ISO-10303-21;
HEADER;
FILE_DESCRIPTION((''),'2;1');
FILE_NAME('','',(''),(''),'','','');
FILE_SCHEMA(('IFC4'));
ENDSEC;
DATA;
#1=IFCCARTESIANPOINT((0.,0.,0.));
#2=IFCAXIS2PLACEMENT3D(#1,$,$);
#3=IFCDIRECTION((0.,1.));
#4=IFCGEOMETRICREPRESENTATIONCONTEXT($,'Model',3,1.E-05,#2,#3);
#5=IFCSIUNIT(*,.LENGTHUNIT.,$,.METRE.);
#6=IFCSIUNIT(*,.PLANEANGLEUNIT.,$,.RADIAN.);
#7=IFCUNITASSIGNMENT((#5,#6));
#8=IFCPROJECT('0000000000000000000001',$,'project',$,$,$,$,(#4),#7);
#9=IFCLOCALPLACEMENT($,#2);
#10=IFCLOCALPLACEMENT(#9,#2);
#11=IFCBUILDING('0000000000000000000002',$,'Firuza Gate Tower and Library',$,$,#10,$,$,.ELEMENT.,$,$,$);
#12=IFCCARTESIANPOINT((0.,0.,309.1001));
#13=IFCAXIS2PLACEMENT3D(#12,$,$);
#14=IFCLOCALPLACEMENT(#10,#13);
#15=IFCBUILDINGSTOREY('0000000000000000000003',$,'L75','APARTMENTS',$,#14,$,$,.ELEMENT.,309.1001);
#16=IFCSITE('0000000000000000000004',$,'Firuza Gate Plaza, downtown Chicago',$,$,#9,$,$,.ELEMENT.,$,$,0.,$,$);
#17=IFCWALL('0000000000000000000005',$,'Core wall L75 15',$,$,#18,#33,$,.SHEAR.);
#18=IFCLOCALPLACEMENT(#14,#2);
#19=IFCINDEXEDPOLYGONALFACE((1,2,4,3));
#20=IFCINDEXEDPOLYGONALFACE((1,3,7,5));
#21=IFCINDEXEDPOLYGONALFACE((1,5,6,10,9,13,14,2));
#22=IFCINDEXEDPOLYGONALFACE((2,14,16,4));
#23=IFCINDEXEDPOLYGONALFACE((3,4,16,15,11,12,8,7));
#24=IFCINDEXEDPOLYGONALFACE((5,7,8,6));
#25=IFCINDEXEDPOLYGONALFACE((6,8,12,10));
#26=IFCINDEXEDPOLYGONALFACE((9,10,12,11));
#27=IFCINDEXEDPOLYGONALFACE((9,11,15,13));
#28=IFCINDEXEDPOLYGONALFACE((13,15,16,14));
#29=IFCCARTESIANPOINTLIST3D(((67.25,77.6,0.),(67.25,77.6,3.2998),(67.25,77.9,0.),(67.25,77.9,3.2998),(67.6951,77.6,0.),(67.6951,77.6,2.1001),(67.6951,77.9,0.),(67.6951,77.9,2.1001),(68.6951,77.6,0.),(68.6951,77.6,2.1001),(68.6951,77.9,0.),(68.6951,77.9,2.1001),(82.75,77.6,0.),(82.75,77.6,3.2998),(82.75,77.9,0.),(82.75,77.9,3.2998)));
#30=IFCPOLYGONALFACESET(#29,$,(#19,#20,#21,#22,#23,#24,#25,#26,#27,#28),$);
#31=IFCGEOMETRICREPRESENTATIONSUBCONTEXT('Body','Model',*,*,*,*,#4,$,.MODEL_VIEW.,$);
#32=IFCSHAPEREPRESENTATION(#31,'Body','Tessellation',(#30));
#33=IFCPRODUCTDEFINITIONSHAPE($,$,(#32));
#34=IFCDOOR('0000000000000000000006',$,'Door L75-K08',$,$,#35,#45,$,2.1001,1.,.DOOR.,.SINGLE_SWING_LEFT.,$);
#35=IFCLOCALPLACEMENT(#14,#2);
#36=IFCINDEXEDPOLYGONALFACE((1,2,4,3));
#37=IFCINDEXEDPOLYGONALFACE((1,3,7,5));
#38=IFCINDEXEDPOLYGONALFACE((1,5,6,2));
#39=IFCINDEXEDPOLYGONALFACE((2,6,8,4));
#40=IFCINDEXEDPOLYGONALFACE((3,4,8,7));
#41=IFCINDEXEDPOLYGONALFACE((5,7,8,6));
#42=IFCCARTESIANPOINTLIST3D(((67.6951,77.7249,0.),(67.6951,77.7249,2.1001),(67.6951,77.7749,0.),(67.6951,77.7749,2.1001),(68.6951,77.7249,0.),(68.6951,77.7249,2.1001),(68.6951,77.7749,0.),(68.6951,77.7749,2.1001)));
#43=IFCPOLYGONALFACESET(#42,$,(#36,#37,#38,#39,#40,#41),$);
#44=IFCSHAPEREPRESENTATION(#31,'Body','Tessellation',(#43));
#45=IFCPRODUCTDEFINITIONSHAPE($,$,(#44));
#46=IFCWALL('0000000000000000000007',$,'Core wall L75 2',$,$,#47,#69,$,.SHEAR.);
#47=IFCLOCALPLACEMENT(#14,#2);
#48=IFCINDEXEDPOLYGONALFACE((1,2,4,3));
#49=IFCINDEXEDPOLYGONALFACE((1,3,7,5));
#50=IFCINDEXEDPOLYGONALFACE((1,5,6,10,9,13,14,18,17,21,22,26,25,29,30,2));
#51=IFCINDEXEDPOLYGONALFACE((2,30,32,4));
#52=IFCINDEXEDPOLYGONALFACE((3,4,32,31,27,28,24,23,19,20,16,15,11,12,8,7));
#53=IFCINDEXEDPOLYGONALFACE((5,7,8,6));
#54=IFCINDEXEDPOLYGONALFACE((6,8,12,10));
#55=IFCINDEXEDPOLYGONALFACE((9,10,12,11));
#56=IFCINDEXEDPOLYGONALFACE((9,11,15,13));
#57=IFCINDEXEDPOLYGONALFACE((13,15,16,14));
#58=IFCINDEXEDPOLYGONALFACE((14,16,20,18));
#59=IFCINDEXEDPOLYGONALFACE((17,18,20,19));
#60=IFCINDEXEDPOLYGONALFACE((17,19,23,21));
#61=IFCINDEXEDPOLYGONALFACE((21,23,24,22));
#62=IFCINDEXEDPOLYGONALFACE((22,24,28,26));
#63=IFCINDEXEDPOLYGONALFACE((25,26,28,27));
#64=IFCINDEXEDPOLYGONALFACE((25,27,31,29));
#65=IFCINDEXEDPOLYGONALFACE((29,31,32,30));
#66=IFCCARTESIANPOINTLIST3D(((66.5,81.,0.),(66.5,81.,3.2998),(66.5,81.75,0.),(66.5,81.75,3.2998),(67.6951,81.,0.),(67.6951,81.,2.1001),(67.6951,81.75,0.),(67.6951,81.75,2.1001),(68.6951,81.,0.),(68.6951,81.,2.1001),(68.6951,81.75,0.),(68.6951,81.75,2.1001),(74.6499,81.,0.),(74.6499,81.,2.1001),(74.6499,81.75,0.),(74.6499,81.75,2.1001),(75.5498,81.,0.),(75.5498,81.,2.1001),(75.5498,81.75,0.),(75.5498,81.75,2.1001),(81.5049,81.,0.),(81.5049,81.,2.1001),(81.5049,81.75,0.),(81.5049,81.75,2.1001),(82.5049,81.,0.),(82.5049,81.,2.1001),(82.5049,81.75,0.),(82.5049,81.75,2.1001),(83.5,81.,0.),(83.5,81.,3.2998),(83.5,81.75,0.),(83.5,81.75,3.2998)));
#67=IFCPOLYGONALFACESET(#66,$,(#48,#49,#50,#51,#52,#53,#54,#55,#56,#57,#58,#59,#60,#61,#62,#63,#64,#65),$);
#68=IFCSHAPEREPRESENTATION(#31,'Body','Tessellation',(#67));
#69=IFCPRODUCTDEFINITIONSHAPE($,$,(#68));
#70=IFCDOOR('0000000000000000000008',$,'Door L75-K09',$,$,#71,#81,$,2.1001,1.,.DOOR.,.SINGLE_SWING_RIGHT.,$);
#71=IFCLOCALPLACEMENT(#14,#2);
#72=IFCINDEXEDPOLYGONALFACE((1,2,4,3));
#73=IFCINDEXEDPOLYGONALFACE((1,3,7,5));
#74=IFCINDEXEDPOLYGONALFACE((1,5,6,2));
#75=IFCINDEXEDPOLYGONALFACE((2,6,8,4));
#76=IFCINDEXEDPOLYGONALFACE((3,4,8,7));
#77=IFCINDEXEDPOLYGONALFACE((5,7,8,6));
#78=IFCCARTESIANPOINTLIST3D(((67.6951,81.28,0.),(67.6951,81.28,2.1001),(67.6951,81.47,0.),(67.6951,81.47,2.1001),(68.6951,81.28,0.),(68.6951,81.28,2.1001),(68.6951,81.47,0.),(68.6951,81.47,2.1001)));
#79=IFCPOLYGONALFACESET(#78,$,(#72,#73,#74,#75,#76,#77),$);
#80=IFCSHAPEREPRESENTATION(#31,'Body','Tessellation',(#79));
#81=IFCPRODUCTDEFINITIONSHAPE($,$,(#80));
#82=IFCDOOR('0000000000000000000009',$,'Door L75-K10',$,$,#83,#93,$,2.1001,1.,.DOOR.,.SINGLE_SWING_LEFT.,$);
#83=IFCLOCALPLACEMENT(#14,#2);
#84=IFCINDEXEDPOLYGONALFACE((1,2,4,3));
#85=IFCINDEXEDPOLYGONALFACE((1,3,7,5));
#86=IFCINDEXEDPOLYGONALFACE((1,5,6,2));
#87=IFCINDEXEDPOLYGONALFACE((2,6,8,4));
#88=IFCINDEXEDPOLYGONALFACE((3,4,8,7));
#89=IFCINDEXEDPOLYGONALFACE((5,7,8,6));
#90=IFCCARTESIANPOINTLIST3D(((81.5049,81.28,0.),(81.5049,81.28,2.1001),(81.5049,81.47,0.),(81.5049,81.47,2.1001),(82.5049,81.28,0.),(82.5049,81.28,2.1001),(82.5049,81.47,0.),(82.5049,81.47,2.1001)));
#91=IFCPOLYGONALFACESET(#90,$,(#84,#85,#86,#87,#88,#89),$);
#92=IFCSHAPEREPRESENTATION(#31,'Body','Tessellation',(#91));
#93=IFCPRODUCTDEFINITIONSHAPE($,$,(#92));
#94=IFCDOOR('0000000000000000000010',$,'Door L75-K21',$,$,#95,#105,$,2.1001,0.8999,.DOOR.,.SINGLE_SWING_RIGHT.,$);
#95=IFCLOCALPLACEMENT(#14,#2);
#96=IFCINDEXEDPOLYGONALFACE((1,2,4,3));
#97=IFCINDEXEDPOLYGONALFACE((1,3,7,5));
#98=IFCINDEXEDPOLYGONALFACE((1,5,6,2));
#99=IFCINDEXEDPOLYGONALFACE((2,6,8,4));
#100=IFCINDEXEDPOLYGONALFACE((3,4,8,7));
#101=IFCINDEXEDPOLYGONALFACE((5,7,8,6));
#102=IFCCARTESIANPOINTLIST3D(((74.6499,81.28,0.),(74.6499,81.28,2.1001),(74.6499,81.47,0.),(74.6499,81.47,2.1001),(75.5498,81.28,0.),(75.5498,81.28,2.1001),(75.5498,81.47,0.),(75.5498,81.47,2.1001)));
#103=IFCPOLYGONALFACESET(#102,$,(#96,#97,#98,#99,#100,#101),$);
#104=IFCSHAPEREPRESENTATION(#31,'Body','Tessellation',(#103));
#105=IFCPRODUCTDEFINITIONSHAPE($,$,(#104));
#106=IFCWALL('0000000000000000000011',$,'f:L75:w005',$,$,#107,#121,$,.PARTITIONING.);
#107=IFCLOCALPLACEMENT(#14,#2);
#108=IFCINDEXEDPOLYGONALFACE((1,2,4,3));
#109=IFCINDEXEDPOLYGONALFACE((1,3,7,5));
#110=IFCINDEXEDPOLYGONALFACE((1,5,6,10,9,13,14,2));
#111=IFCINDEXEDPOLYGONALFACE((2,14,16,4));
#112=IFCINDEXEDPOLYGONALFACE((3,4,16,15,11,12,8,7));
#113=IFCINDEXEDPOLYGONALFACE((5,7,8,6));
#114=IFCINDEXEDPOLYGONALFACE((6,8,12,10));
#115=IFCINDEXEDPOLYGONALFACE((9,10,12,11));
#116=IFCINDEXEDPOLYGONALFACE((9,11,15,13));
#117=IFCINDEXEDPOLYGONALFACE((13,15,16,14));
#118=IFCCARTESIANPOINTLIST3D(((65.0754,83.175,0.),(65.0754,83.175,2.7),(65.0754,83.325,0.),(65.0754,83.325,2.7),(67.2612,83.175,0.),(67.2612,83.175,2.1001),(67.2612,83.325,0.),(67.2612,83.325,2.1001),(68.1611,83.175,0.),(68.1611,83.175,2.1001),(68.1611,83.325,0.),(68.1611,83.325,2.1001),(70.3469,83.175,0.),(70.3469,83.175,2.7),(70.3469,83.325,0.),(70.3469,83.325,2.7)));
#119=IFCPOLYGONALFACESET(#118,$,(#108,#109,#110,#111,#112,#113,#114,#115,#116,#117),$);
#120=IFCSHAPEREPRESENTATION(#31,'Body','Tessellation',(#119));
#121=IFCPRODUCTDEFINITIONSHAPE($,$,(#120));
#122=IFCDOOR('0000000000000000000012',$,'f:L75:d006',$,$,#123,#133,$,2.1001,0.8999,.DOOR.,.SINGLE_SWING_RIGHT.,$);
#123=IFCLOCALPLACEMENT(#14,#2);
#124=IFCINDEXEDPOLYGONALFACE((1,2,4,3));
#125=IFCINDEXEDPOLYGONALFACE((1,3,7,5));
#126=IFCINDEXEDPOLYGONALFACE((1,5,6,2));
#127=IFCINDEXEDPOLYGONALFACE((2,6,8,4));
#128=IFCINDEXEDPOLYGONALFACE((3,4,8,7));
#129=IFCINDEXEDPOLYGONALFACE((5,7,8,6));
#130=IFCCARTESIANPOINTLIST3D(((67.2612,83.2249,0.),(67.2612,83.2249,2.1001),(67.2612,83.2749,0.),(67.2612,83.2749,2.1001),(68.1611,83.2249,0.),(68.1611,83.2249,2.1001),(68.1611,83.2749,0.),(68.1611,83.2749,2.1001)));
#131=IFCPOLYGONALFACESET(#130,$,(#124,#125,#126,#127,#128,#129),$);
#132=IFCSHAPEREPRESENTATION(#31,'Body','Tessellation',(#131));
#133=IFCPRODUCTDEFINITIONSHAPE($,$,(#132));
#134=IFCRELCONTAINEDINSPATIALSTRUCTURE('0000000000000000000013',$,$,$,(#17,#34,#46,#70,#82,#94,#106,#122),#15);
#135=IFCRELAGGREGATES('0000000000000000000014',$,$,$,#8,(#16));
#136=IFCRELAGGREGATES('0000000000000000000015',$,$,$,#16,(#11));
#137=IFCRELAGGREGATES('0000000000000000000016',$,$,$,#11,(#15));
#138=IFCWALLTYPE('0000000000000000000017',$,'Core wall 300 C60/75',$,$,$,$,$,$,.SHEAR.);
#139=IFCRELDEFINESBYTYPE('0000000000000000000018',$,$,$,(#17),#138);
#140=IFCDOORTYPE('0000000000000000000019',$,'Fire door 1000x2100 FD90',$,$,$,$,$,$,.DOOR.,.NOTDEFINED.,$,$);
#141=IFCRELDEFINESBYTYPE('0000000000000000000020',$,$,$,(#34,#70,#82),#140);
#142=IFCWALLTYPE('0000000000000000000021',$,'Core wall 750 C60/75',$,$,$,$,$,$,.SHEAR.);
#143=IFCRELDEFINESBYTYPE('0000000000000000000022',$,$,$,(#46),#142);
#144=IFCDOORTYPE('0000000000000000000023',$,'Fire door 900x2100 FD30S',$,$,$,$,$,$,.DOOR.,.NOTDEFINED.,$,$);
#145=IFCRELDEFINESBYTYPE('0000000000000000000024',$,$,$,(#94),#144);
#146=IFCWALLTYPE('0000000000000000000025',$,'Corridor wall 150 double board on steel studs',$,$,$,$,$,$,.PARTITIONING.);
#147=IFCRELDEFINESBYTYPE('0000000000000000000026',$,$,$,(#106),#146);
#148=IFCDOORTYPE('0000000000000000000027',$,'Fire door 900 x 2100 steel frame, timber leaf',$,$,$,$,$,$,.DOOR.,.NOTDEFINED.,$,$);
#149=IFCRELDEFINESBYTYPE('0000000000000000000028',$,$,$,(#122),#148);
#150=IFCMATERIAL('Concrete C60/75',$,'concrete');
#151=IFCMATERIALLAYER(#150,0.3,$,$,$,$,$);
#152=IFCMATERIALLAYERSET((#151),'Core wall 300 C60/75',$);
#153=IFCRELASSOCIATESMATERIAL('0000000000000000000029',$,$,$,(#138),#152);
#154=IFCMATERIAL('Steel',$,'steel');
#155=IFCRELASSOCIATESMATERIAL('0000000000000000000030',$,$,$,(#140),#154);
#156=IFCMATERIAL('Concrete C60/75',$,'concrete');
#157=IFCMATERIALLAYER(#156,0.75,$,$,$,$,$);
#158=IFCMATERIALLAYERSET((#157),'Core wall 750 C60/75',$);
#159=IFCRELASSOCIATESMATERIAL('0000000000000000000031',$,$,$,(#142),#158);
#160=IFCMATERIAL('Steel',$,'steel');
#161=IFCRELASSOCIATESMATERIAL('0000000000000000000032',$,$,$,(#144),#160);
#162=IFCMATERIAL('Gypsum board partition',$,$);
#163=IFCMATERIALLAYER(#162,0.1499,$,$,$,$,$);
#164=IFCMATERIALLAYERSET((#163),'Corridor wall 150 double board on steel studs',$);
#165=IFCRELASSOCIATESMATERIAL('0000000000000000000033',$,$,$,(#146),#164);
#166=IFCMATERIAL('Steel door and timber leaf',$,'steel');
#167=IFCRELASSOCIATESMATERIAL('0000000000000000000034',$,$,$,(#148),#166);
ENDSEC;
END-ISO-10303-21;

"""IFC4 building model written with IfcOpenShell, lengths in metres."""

from ifc_helpers import new_model, si_unit, direction, frame, frame_2d, origin, place, context, subcontext, project, spatial, rectangle, extrude, material, layer, layer_set, type_object, element, fill, save


model = new_model("IFC4")

# Units and contexts
model_context = context("Model", 3, precision=1e-05, world=origin(), true_north=direction((0.0, 1.0)))
body_context = subcontext(model_context, "Body", "Model", "MODEL_VIEW")
ifc_project = project(units=[si_unit("LENGTHUNIT", "METRE"), si_unit("PLANEANGLEUNIT", "RADIAN")], contexts=[model_context])

# Site, building, storey
site_placement = place(None, origin())
site = spatial("IfcSite", under=ifc_project, at=site_placement, Name="Firuza Gate Plaza, downtown Chicago", CompositionType="ELEMENT", RefElevation=0.0)
building_placement = place(site_placement, origin())
building = spatial("IfcBuilding", under=site, at=building_placement, Name="Firuza Gate Tower and Library", CompositionType="ELEMENT")
storey_placement = place(building_placement, frame((0.0, 0.0, 309.1001)))
storey = spatial("IfcBuildingStorey", under=building, at=storey_placement, Name="L75", Description="APARTMENTS", CompositionType="ELEMENT", Elevation=309.1001)

# Wall, opening, door
ifc_material_1 = material(Name="Concrete C60/75", Category="concrete")
ifc_layer_1 = layer(ifc_material_1, 0.3)
ifc_layer_set_1 = layer_set([ifc_layer_1], Name="Core wall 300 C60/75")
wall_type_1 = type_object("IfcWallType", Name="Core wall 300 C60/75", PredefinedType="SHEAR", material=ifc_layer_set_1)
wall_1_placement = place(storey_placement, frame((67.25, 77.75, 0.0), z_axis=(0.0, 0.0, 1.0), x_axis=(1.0, 0.0, 0.0)))
wall_1 = element("IfcWall", 1, at=wall_1_placement, inside=storey, type_object=wall_type_1, Name="Core wall L75 15", PredefinedType="SHEAR", context=body_context, shape_type="SweptSolid", body=[
    extrude(rectangle(XDim=15.5, YDim=0.3, at=frame_2d((7.75, 0.0))), origin(), (0.0, 0.0, 1.0), 3.2998),
])
opening_1_placement = place(wall_1_placement, frame((0.4451, 0.0, 0.0)))
opening_1 = element("IfcOpeningElement", 2, at=opening_1_placement, cuts=wall_1, PredefinedType="OPENING", context=body_context, shape_type="SweptSolid", body=[
    extrude(rectangle(XDim=1.0, YDim=2.1001, at=frame_2d((0.5, 1.05))), frame((0.0, 0.1602, 0.0), z_axis=(0.0, -1.0, 0.0), x_axis=(1.0, 0.0, 0.0)), (0.0, 0.0, 1.0), 0.3201),
])
ifc_material_2 = material(Name="Steel", Category="steel")
door_type_1 = type_object("IfcDoorType", Name="Fire door 1000x2100 FD90", OperationType="NOTDEFINED", PredefinedType="DOOR", material=ifc_material_2)
door_1_placement = place(opening_1_placement, origin())
door_1 = element("IfcDoor", 3, at=door_1_placement, inside=storey, type_object=door_type_1, Name="Door L75-K08", OperationType="SINGLE_SWING_LEFT", OverallHeight=2.1001, OverallWidth=1.0, PredefinedType="DOOR", context=body_context, shape_type="SweptSolid", body=[
    extrude(rectangle(XDim=1.0, YDim=2.1001, at=frame_2d((0.5, 1.05))), frame((0.0, 0.0249, 0.0), z_axis=(0.0, -1.0, 0.0), x_axis=(1.0, 0.0, 0.0)), (0.0, 0.0, 1.0), 0.05),
])
fill(opening_1, door_1)

# Wall, openings, doors
ifc_material_3 = material(Name="Concrete C60/75", Category="concrete")
ifc_layer_2 = layer(ifc_material_3, 0.75)
ifc_layer_set_2 = layer_set([ifc_layer_2], Name="Core wall 750 C60/75")
wall_type_2 = type_object("IfcWallType", Name="Core wall 750 C60/75", PredefinedType="SHEAR", material=ifc_layer_set_2)
wall_2_placement = place(storey_placement, frame((66.5, 81.375, 0.0), z_axis=(0.0, 0.0, 1.0), x_axis=(1.0, 0.0, 0.0)))
wall_2 = element("IfcWall", 4, at=wall_2_placement, inside=storey, type_object=wall_type_2, Name="Core wall L75 2", PredefinedType="SHEAR", context=body_context, shape_type="SweptSolid", body=[
    extrude(rectangle(XDim=17.0, YDim=0.75, at=frame_2d((8.5, 0.0))), origin(), (0.0, 0.0, 1.0), 3.2998),
])
opening_2_placement = place(wall_2_placement, frame((1.1951, 0.0, 0.0)))
opening_2 = element("IfcOpeningElement", 5, at=opening_2_placement, cuts=wall_2, PredefinedType="OPENING", context=body_context, shape_type="SweptSolid", body=[
    extrude(rectangle(XDim=1.0, YDim=2.1001, at=frame_2d((0.5, 1.05))), frame((0.0, 0.385, 0.0), z_axis=(0.0, -1.0, 0.0), x_axis=(1.0, 0.0, 0.0)), (0.0, 0.0, 1.0), 0.77),
])
opening_3_placement = place(wall_2_placement, frame((15.0049, 0.0, 0.0)))
opening_3 = element("IfcOpeningElement", 6, at=opening_3_placement, cuts=wall_2, PredefinedType="OPENING", context=body_context, shape_type="SweptSolid", body=[
    extrude(rectangle(XDim=1.0, YDim=2.1001, at=frame_2d((0.5, 1.05))), frame((0.0, 0.385, 0.0), z_axis=(0.0, -1.0, 0.0), x_axis=(1.0, 0.0, 0.0)), (0.0, 0.0, 1.0), 0.77),
])
opening_4_placement = place(wall_2_placement, frame((8.1499, 0.0, 0.0)))
opening_4 = element("IfcOpeningElement", 7, at=opening_4_placement, cuts=wall_2, PredefinedType="OPENING", context=body_context, shape_type="SweptSolid", body=[
    extrude(rectangle(XDim=0.8999, YDim=2.1001, at=frame_2d((0.45, 1.05))), frame((0.0, 0.385, 0.0), z_axis=(0.0, -1.0, 0.0), x_axis=(1.0, 0.0, 0.0)), (0.0, 0.0, 1.0), 0.77),
])
door_2_placement = place(opening_2_placement, origin())
door_2 = element("IfcDoor", 8, at=door_2_placement, inside=storey, type_object=door_type_1, Name="Door L75-K09", OperationType="SINGLE_SWING_RIGHT", OverallHeight=2.1001, OverallWidth=1.0, PredefinedType="DOOR", context=body_context, shape_type="SweptSolid", body=[
    extrude(rectangle(XDim=1.0, YDim=2.1001, at=frame_2d((0.5, 1.05))), frame((0.0, 0.095, 0.0), z_axis=(0.0, -1.0, 0.0), x_axis=(1.0, 0.0, 0.0)), (0.0, 0.0, 1.0), 0.1899),
])
fill(opening_2, door_2)
door_3_placement = place(opening_3_placement, origin())
door_3 = element("IfcDoor", 9, at=door_3_placement, inside=storey, type_object=door_type_1, Name="Door L75-K10", OperationType="SINGLE_SWING_LEFT", OverallHeight=2.1001, OverallWidth=1.0, PredefinedType="DOOR", context=body_context, shape_type="SweptSolid", body=[
    extrude(rectangle(XDim=1.0, YDim=2.1001, at=frame_2d((0.5, 1.05))), frame((0.0, 0.095, 0.0), z_axis=(0.0, -1.0, 0.0), x_axis=(1.0, 0.0, 0.0)), (0.0, 0.0, 1.0), 0.1899),
])
fill(opening_3, door_3)
ifc_material_4 = material(Name="Steel", Category="steel")
door_type_2 = type_object("IfcDoorType", Name="Fire door 900x2100 FD30S", OperationType="NOTDEFINED", PredefinedType="DOOR", material=ifc_material_4)
door_4_placement = place(opening_4_placement, origin())
door_4 = element("IfcDoor", 10, at=door_4_placement, inside=storey, type_object=door_type_2, Name="Door L75-K21", OperationType="SINGLE_SWING_RIGHT", OverallHeight=2.1001, OverallWidth=0.8999, PredefinedType="DOOR", context=body_context, shape_type="SweptSolid", body=[
    extrude(rectangle(XDim=0.8999, YDim=2.1001, at=frame_2d((0.45, 1.05))), frame((0.0, 0.095, 0.0), z_axis=(0.0, -1.0, 0.0), x_axis=(1.0, 0.0, 0.0)), (0.0, 0.0, 1.0), 0.1899),
])
fill(opening_4, door_4)

# Wall, opening, door
ifc_material_5 = material(Name="Gypsum board partition")
ifc_layer_3 = layer(ifc_material_5, 0.1499)
ifc_layer_set_3 = layer_set([ifc_layer_3], Name="Corridor wall 150 double board on steel studs")
wall_type_3 = type_object("IfcWallType", Name="Corridor wall 150 double board on steel studs", PredefinedType="PARTITIONING", material=ifc_layer_set_3)
wall_3_placement = place(storey_placement, frame((65.0754, 83.25, 0.0), z_axis=(0.0, 0.0, 1.0), x_axis=(1.0, 0.0, 0.0)))
wall_3 = element("IfcWall", 11, at=wall_3_placement, inside=storey, type_object=wall_type_3, Name="f:L75:w005", PredefinedType="PARTITIONING", context=body_context, shape_type="SweptSolid", body=[
    extrude(rectangle(XDim=5.2715, YDim=0.1499, at=frame_2d((2.6357, 0.0))), origin(), (0.0, 0.0, 1.0), 2.7),
])
opening_5_placement = place(wall_3_placement, frame((2.1858, 0.0, 0.0)))
opening_5 = element("IfcOpeningElement", 12, at=opening_5_placement, cuts=wall_3, PredefinedType="OPENING", context=body_context, shape_type="SweptSolid", body=[
    extrude(rectangle(XDim=0.8999, YDim=2.1001, at=frame_2d((0.45, 1.05))), frame((0.0, 0.085, 0.0), z_axis=(0.0, -1.0, 0.0), x_axis=(1.0, 0.0, 0.0)), (0.0, 0.0, 1.0), 0.1699),
])
ifc_material_6 = material(Name="Steel door and timber leaf", Category="steel")
door_type_3 = type_object("IfcDoorType", Name="Fire door 900 x 2100 steel frame, timber leaf", OperationType="NOTDEFINED", PredefinedType="DOOR", material=ifc_material_6)
door_5_placement = place(opening_5_placement, origin())
door_5 = element("IfcDoor", 13, at=door_5_placement, inside=storey, type_object=door_type_3, Name="f:L75:d006", OperationType="SINGLE_SWING_RIGHT", OverallHeight=2.1001, OverallWidth=0.8999, PredefinedType="DOOR", context=body_context, shape_type="SweptSolid", body=[
    extrude(rectangle(XDim=0.8999, YDim=2.1001, at=frame_2d((0.45, 1.05))), frame((0.0, 0.0249, 0.0), z_axis=(0.0, -1.0, 0.0), x_axis=(1.0, 0.0, 0.0)), (0.0, 0.0, 1.0), 0.05),
])
fill(opening_5, door_5)

save(model, "model.ifc")
